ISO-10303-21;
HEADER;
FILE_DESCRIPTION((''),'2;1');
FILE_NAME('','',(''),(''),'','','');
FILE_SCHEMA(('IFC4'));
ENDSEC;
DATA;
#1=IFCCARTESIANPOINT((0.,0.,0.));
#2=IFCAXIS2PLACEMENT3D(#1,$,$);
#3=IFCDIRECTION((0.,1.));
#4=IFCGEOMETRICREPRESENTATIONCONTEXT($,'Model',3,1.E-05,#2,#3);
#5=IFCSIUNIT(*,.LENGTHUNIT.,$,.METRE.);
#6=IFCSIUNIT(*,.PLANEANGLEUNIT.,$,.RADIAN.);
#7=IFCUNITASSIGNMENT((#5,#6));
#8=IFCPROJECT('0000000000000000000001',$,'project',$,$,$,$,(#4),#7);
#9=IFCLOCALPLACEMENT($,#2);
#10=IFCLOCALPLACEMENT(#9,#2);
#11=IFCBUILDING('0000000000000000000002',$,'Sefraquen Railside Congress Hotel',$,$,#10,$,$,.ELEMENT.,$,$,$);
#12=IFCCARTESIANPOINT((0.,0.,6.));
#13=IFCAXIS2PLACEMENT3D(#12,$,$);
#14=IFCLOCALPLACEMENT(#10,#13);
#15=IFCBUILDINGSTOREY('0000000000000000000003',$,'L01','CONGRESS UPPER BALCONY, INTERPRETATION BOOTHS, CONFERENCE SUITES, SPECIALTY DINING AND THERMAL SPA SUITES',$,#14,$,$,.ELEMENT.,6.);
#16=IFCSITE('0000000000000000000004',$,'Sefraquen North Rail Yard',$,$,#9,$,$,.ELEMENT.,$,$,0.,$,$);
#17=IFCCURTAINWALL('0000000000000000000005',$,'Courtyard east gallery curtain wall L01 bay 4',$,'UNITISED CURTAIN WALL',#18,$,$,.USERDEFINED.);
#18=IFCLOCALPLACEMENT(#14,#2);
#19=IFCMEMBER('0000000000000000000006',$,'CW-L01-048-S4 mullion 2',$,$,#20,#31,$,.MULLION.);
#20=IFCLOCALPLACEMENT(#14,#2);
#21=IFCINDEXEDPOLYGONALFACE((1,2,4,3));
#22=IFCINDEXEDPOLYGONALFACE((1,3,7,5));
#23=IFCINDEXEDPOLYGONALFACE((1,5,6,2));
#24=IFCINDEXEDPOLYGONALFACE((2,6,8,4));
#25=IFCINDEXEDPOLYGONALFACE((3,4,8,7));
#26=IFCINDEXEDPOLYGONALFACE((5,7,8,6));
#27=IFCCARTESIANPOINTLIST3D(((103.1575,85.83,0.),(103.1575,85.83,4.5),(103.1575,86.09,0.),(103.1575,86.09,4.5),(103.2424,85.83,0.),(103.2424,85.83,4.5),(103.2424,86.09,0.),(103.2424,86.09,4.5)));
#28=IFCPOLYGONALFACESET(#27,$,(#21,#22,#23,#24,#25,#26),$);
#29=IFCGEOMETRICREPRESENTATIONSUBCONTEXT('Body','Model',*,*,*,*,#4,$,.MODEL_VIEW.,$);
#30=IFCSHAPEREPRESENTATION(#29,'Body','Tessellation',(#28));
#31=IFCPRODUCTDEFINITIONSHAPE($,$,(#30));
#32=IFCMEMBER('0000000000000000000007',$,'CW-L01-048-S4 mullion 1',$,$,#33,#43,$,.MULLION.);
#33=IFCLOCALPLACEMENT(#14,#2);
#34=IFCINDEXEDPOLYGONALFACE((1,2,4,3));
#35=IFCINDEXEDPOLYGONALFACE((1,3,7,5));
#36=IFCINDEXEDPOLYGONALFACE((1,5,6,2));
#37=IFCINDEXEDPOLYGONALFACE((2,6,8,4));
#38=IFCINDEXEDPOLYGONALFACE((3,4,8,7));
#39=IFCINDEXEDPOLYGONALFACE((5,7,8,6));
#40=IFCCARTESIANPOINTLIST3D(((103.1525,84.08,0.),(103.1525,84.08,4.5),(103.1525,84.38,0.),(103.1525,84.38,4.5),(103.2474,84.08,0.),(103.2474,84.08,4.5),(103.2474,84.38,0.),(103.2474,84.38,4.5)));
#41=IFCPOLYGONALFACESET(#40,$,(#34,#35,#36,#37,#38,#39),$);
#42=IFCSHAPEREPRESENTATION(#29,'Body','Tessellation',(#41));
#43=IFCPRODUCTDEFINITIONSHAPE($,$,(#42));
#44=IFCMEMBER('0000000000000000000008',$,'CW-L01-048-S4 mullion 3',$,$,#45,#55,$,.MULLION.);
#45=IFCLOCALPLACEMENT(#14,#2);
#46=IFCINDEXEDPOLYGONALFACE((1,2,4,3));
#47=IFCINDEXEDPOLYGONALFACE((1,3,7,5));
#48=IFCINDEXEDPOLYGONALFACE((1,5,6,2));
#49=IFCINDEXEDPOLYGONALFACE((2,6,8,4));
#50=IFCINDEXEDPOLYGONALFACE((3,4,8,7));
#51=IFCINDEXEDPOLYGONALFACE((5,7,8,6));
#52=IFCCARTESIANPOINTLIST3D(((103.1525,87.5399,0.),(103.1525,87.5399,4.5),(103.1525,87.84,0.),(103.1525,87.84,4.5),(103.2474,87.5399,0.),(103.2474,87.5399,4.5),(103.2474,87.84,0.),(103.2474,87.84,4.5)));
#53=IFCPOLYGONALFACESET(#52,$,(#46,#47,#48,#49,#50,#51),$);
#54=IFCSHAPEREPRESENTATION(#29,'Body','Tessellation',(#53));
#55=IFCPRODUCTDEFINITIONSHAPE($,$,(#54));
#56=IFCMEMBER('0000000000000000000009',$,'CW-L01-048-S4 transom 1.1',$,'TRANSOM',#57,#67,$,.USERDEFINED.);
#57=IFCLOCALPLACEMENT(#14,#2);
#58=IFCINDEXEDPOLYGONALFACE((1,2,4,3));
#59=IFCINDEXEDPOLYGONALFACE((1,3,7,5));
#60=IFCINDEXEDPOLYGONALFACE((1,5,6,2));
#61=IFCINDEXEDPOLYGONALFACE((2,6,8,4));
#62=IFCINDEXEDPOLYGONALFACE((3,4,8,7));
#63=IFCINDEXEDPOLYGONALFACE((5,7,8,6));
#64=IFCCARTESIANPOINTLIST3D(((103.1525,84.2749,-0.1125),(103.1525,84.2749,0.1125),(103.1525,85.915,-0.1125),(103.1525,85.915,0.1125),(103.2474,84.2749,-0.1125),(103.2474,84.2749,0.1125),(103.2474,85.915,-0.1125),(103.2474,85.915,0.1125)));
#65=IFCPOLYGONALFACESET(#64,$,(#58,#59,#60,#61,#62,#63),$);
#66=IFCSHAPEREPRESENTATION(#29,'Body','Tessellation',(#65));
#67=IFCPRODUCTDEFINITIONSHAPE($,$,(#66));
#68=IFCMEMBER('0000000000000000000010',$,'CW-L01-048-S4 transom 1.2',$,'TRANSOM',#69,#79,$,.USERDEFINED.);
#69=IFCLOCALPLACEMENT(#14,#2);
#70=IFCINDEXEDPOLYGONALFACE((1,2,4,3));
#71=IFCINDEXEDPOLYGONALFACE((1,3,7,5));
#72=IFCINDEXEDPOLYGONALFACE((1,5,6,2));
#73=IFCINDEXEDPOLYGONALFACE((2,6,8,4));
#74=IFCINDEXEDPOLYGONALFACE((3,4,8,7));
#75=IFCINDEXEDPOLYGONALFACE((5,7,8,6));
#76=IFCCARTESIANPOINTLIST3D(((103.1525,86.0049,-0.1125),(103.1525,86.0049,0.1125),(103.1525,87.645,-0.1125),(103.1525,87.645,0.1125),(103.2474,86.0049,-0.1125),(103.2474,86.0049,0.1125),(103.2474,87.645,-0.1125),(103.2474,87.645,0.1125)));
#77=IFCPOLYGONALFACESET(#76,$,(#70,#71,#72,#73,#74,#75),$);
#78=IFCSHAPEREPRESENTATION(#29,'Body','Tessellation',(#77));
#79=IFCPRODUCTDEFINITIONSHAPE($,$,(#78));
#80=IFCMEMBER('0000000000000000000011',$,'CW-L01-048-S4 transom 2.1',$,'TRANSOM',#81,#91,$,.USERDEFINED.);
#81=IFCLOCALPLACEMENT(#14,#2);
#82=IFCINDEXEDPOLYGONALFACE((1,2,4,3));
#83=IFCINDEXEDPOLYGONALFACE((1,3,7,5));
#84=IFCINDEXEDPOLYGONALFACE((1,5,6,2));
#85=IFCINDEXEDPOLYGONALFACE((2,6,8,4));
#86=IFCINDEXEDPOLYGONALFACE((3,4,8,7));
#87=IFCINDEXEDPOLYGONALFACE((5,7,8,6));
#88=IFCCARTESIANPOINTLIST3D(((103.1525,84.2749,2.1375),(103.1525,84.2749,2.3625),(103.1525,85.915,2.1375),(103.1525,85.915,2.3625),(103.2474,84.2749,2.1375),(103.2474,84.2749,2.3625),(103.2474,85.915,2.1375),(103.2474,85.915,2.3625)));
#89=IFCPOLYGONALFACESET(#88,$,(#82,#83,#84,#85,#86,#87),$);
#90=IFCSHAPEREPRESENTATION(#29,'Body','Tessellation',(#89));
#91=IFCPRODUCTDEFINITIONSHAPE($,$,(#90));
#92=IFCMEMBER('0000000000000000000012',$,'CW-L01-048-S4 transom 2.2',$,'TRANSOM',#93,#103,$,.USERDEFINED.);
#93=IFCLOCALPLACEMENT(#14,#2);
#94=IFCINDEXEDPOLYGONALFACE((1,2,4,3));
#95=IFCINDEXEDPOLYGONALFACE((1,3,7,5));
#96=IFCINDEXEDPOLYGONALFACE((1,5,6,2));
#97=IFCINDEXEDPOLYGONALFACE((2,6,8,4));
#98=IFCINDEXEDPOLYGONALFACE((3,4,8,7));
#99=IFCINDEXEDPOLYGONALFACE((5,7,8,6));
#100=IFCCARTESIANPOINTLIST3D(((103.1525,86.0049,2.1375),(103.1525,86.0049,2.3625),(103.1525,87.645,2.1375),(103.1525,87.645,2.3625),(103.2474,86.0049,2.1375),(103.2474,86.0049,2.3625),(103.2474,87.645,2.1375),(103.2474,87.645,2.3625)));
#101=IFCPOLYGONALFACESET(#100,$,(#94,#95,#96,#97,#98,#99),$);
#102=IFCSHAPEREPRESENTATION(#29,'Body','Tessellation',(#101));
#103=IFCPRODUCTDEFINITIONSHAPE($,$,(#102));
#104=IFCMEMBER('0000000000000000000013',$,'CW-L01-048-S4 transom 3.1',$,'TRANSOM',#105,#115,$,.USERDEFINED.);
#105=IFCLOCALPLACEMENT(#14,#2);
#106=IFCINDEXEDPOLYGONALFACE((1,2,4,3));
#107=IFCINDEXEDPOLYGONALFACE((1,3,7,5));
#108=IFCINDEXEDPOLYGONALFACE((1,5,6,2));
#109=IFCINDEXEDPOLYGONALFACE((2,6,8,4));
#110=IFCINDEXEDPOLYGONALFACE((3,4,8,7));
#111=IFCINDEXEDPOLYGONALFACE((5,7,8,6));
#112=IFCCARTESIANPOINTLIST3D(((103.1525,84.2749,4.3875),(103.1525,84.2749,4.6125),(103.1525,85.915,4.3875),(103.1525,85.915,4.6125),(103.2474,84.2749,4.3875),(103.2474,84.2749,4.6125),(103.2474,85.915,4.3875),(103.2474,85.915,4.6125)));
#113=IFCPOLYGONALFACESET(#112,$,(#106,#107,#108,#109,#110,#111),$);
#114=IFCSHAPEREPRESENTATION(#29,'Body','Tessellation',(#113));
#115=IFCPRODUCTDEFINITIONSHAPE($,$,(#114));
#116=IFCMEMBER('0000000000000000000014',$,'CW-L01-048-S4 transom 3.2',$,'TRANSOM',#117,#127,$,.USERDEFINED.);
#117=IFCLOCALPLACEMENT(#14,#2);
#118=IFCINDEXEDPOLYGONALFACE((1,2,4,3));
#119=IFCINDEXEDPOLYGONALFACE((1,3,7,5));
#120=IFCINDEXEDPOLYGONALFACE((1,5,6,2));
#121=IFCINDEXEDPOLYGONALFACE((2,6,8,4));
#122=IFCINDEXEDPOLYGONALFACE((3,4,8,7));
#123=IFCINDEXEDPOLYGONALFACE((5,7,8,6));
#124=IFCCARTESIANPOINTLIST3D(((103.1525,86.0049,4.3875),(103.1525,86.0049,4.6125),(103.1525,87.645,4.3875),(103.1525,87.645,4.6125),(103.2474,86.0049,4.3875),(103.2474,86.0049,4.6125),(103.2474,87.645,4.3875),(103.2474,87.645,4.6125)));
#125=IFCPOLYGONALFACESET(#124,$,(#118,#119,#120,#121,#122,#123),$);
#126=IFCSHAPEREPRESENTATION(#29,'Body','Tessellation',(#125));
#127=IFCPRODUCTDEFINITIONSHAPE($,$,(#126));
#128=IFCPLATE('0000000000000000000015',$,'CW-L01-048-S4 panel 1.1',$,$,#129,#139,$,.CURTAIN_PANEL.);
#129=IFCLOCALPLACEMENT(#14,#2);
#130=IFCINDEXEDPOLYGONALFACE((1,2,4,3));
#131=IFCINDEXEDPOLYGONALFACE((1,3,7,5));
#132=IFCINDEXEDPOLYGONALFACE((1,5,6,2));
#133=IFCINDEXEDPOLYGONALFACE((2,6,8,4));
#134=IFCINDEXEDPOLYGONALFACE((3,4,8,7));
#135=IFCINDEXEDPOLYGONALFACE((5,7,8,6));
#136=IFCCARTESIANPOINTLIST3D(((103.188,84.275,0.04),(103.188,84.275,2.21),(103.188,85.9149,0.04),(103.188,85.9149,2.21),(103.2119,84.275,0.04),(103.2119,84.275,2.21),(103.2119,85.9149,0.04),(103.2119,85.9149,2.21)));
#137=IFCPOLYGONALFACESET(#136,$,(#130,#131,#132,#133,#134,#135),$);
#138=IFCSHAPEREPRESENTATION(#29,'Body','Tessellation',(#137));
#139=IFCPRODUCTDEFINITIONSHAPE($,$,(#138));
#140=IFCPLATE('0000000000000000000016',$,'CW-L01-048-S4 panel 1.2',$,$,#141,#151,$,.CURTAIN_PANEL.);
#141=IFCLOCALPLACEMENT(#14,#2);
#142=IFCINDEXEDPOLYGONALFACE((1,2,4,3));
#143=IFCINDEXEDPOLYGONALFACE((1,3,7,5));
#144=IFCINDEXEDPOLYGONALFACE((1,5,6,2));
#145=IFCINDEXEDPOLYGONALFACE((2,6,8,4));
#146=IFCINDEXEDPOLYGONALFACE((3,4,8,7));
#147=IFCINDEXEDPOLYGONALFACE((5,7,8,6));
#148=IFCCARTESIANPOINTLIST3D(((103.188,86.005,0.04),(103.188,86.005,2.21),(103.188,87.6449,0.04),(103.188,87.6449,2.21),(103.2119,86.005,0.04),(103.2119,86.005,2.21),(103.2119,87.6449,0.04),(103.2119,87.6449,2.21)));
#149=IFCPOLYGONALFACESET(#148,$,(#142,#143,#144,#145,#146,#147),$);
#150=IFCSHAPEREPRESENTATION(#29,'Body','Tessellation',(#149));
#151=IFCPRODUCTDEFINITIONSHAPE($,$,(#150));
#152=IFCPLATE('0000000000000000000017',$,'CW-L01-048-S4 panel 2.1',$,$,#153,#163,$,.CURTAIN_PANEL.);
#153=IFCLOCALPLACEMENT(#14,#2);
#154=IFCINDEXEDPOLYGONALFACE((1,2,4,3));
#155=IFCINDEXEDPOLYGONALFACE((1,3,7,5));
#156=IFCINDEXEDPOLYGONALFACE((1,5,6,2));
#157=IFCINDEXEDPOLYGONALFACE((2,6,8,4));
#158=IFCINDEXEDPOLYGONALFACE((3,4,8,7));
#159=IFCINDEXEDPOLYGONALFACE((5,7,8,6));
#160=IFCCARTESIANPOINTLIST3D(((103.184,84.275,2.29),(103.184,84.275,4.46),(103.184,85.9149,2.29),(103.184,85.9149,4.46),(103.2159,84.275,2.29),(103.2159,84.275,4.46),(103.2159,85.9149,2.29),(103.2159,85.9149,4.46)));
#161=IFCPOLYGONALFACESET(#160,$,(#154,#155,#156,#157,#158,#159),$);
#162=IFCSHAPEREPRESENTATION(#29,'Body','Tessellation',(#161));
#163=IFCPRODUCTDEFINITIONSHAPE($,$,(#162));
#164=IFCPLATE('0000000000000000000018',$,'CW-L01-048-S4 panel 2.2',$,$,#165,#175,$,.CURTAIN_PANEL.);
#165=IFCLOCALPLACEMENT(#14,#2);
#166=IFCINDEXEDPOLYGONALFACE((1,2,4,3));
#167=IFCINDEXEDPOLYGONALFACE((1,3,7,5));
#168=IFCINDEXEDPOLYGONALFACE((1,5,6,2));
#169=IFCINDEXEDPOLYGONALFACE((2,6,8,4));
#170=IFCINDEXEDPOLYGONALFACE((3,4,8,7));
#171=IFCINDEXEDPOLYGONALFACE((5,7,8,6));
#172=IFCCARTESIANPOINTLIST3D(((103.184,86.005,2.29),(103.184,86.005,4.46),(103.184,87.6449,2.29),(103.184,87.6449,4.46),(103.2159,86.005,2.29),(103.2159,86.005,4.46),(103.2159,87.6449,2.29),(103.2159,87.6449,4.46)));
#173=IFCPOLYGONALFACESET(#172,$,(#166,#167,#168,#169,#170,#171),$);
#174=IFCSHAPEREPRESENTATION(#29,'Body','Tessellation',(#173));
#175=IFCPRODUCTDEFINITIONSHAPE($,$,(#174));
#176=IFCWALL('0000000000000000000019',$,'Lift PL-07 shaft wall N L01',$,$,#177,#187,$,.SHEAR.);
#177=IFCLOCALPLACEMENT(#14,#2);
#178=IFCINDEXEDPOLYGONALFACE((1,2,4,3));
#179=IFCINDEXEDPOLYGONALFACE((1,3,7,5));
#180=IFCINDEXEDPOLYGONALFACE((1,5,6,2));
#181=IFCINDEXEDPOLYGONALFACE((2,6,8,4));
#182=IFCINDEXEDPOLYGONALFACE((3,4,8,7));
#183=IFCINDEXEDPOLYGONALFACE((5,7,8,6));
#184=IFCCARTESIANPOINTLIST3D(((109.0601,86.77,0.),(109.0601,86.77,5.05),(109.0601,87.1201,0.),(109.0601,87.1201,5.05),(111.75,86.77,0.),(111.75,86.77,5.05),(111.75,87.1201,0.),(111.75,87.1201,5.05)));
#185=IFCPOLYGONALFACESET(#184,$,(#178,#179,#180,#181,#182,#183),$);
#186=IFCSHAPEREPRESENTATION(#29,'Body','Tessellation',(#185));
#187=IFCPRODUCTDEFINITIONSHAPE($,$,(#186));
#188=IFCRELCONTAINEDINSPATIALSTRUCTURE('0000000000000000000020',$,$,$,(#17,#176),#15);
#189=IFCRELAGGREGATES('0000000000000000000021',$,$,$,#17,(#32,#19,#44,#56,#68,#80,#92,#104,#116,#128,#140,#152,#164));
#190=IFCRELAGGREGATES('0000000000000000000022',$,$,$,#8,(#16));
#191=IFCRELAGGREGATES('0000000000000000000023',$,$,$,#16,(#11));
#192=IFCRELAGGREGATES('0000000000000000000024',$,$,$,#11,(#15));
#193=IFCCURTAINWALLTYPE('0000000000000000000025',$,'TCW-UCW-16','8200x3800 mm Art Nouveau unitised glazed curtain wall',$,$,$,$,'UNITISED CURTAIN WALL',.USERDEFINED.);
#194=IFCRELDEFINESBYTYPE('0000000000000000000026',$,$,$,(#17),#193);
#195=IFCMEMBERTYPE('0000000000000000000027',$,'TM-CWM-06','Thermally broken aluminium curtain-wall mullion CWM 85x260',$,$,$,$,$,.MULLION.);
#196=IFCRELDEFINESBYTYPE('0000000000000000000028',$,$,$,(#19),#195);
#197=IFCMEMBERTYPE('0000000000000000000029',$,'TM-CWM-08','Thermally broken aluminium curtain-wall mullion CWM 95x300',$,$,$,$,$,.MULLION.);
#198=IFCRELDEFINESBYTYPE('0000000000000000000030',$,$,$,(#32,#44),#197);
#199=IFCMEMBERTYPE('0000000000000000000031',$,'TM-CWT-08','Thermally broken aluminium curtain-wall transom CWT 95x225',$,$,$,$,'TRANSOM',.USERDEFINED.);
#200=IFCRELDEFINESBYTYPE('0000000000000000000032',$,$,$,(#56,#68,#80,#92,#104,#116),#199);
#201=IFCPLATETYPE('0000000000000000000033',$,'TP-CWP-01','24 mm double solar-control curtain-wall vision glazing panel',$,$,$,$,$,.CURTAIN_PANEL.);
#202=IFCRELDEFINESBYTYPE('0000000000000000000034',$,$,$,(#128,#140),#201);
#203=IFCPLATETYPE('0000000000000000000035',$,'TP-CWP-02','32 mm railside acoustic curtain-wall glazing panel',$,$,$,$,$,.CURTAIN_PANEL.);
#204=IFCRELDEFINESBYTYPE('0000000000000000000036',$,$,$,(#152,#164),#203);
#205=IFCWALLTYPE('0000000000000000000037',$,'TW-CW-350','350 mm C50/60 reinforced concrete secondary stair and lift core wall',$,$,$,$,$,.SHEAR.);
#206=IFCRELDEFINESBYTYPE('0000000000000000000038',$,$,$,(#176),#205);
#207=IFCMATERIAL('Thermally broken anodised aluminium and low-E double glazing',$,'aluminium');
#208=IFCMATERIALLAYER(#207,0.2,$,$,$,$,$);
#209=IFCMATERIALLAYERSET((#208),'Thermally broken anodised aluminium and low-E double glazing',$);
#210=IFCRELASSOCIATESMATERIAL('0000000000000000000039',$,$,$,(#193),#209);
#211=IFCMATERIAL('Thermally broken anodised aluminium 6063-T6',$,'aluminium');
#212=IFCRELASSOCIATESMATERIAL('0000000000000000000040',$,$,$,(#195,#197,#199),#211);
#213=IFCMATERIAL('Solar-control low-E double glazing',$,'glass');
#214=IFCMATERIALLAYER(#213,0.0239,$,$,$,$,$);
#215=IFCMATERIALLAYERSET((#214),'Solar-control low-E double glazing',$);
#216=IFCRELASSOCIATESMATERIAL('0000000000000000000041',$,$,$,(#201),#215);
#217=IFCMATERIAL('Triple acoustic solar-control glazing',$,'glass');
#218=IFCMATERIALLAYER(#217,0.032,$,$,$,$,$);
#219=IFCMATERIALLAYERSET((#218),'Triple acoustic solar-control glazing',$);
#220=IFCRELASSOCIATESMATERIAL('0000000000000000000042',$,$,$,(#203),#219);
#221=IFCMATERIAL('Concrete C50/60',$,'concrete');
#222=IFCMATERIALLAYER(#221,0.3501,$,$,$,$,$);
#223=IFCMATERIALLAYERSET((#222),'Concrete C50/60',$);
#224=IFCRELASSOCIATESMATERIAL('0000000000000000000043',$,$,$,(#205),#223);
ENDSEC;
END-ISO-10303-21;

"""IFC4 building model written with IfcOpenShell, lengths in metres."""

from ifc_helpers import new_model, si_unit, direction, frame, frame_2d, origin, origin_2d, place, context, subcontext, project, spatial, rectangle, extrude, material, layer, layer_set, material_profile, profile_set, type_object, element, aggregate, save


model = new_model("IFC4")

# Units and contexts
model_context = context("Model", 3, precision=1e-05, world=origin(), true_north=direction((0.0, 1.0)))
body_context = subcontext(model_context, "Body", "Model", "MODEL_VIEW")
ifc_project = project(units=[si_unit("LENGTHUNIT", "METRE"), si_unit("PLANEANGLEUNIT", "RADIAN")], contexts=[model_context])

# Site, building, storey
site_placement = place(None, origin())
site = spatial("IfcSite", under=ifc_project, at=site_placement, Name="Sefraquen North Rail Yard", CompositionType="ELEMENT", RefElevation=0.0)
building_placement = place(site_placement, origin())
building = spatial("IfcBuilding", under=site, at=building_placement, Name="Sefraquen Railside Congress Hotel", CompositionType="ELEMENT")
storey_placement = place(building_placement, frame((0.0, 0.0, 6.0)))
storey = spatial("IfcBuildingStorey", under=building, at=storey_placement, Name="L01", Description="CONGRESS UPPER BALCONY, INTERPRETATION BOOTHS, CONFERENCE SUITES, SPECIALTY DINING AND THERMAL SPA SUITES", CompositionType="ELEMENT", Elevation=6.0)

# Curtain wall, members, plates
ifc_material_1 = material(Name="Thermally broken anodised aluminium and low-E double glazing", Category="aluminium")
ifc_layer_1 = layer(ifc_material_1, 0.2)
ifc_layer_set_1 = layer_set([ifc_layer_1], Name="Thermally broken anodised aluminium and low-E double glazing")
curtain_wall_type = type_object("IfcCurtainWallType", Name="TCW-UCW-16", Description="8200x3800 mm Art Nouveau unitised glazed curtain wall", ElementType="UNITISED CURTAIN WALL", PredefinedType="USERDEFINED", material=ifc_layer_set_1)
curtain_wall_placement = place(storey_placement, origin())
curtain_wall = element("IfcCurtainWall", 1, at=curtain_wall_placement, inside=storey, type_object=curtain_wall_type, Name="Courtyard east gallery curtain wall L01 bay 4", ObjectType="UNITISED CURTAIN WALL", PredefinedType="USERDEFINED")
ifc_material_2 = material(Name="Thermally broken anodised aluminium 6063-T6", Category="aluminium")
ifc_material_profile_1 = material_profile(ifc_material_2, rectangle(XDim=0.085, YDim=0.26, at=origin_2d()), Name="CWM 85x260")
ifc_profile_set_1 = profile_set([ifc_material_profile_1], Name="Thermally broken anodised aluminium 6063-T6")
member_type_1 = type_object("IfcMemberType", Name="TM-CWM-06", Description="Thermally broken aluminium curtain-wall mullion CWM 85x260", PredefinedType="MULLION", material=ifc_profile_set_1)
member_1_placement = place(storey_placement, frame((103.2, 85.96, 0.0), z_axis=(0.0, 0.0, 1.0), x_axis=(1.0, 0.0, 0.0)))
member_1 = element("IfcMember", 2, at=member_1_placement, type_object=member_type_1, Name="CW-L01-048-S4 mullion 2", PredefinedType="MULLION", context=body_context, shape_type="SweptSolid", body=[
    extrude(rectangle(XDim=0.085, YDim=0.26, at=origin_2d()), origin(), (0.0, 0.0, 1.0), 4.5),
])
ifc_material_profile_2 = material_profile(ifc_material_2, rectangle(XDim=0.095, YDim=0.3, at=origin_2d()), Name="CWM 95x300")
ifc_profile_set_2 = profile_set([ifc_material_profile_2], Name="Thermally broken anodised aluminium 6063-T6")
member_type_2 = type_object("IfcMemberType", Name="TM-CWM-08", Description="Thermally broken aluminium curtain-wall mullion CWM 95x300", PredefinedType="MULLION", material=ifc_profile_set_2)
member_2_placement = place(storey_placement, frame((103.2, 84.23, 0.0), z_axis=(0.0, 0.0, 1.0), x_axis=(1.0, 0.0, 0.0)))
member_2 = element("IfcMember", 3, at=member_2_placement, type_object=member_type_2, Name="CW-L01-048-S4 mullion 1", PredefinedType="MULLION", context=body_context, shape_type="SweptSolid", body=[
    extrude(rectangle(XDim=0.095, YDim=0.3, at=origin_2d()), origin(), (0.0, 0.0, 1.0), 4.5),
])
member_3_placement = place(storey_placement, frame((103.2, 87.6899, 0.0), z_axis=(0.0, 0.0, 1.0), x_axis=(1.0, 0.0, 0.0)))
member_3 = element("IfcMember", 4, at=member_3_placement, type_object=member_type_2, Name="CW-L01-048-S4 mullion 3", PredefinedType="MULLION", context=body_context, shape_type="SweptSolid", body=[
    extrude(rectangle(XDim=0.095, YDim=0.3, at=origin_2d()), origin(), (0.0, 0.0, 1.0), 4.5),
])
ifc_material_profile_3 = material_profile(ifc_material_2, rectangle(XDim=0.095, YDim=0.2251, at=origin_2d()), Name="CWT 95x225")
ifc_profile_set_3 = profile_set([ifc_material_profile_3], Name="Thermally broken anodised aluminium 6063-T6")
member_type_3 = type_object("IfcMemberType", Name="TM-CWT-08", Description="Thermally broken aluminium curtain-wall transom CWT 95x225", ElementType="TRANSOM", PredefinedType="USERDEFINED", material=ifc_profile_set_3)
member_4_placement = place(storey_placement, frame((103.2, 84.2749, 0.0), z_axis=(0.0, 1.0, 0.0), x_axis=(-1.0, 0.0, 0.0)))
member_4 = element("IfcMember", 5, at=member_4_placement, type_object=member_type_3, Name="CW-L01-048-S4 transom 1.1", ObjectType="TRANSOM", PredefinedType="USERDEFINED", context=body_context, shape_type="SweptSolid", body=[
    extrude(rectangle(XDim=0.095, YDim=0.2251, at=origin_2d()), origin(), (0.0, 0.0, 1.0), 1.6401),
])
member_5_placement = place(storey_placement, frame((103.2, 86.0049, 0.0), z_axis=(0.0, 1.0, 0.0), x_axis=(-1.0, 0.0, 0.0)))
member_5 = element("IfcMember", 6, at=member_5_placement, type_object=member_type_3, Name="CW-L01-048-S4 transom 1.2", ObjectType="TRANSOM", PredefinedType="USERDEFINED", context=body_context, shape_type="SweptSolid", body=[
    extrude(rectangle(XDim=0.095, YDim=0.2251, at=origin_2d()), origin(), (0.0, 0.0, 1.0), 1.6401),
])
member_6_placement = place(storey_placement, frame((103.2, 84.2749, 2.25), z_axis=(0.0, 1.0, 0.0), x_axis=(-1.0, 0.0, 0.0)))
member_6 = element("IfcMember", 7, at=member_6_placement, type_object=member_type_3, Name="CW-L01-048-S4 transom 2.1", ObjectType="TRANSOM", PredefinedType="USERDEFINED", context=body_context, shape_type="SweptSolid", body=[
    extrude(rectangle(XDim=0.095, YDim=0.2251, at=origin_2d()), origin(), (0.0, 0.0, 1.0), 1.6401),
])
member_7_placement = place(storey_placement, frame((103.2, 86.0049, 2.25), z_axis=(0.0, 1.0, 0.0), x_axis=(-1.0, 0.0, 0.0)))
member_7 = element("IfcMember", 8, at=member_7_placement, type_object=member_type_3, Name="CW-L01-048-S4 transom 2.2", ObjectType="TRANSOM", PredefinedType="USERDEFINED", context=body_context, shape_type="SweptSolid", body=[
    extrude(rectangle(XDim=0.095, YDim=0.2251, at=origin_2d()), origin(), (0.0, 0.0, 1.0), 1.6401),
])
member_8_placement = place(storey_placement, frame((103.2, 84.2749, 4.5), z_axis=(0.0, 1.0, 0.0), x_axis=(-1.0, 0.0, 0.0)))
member_8 = element("IfcMember", 9, at=member_8_placement, type_object=member_type_3, Name="CW-L01-048-S4 transom 3.1", ObjectType="TRANSOM", PredefinedType="USERDEFINED", context=body_context, shape_type="SweptSolid", body=[
    extrude(rectangle(XDim=0.095, YDim=0.2251, at=origin_2d()), origin(), (0.0, 0.0, 1.0), 1.6401),
])
member_9_placement = place(storey_placement, frame((103.2, 86.0049, 4.5), z_axis=(0.0, 1.0, 0.0), x_axis=(-1.0, 0.0, 0.0)))
member_9 = element("IfcMember", 10, at=member_9_placement, type_object=member_type_3, Name="CW-L01-048-S4 transom 3.2", ObjectType="TRANSOM", PredefinedType="USERDEFINED", context=body_context, shape_type="SweptSolid", body=[
    extrude(rectangle(XDim=0.095, YDim=0.2251, at=origin_2d()), origin(), (0.0, 0.0, 1.0), 1.6401),
])
ifc_material_3 = material(Name="Solar-control low-E double glazing", Category="glass")
ifc_layer_2 = layer(ifc_material_3, 0.0239)
ifc_layer_set_2 = layer_set([ifc_layer_2], Name="Solar-control low-E double glazing")
plate_type_1 = type_object("IfcPlateType", Name="TP-CWP-01", Description="24 mm double solar-control curtain-wall vision glazing panel", PredefinedType="CURTAIN_PANEL", material=ifc_layer_set_2)
plate_1_placement = place(storey_placement, frame((103.2, 85.095, 0.04), z_axis=(0.0, 0.0, 1.0), x_axis=(0.0, 1.0, 0.0)))
plate_1 = element("IfcPlate", 11, at=plate_1_placement, type_object=plate_type_1, Name="CW-L01-048-S4 panel 1.1", PredefinedType="CURTAIN_PANEL", context=body_context, shape_type="SweptSolid", body=[
    extrude(rectangle(XDim=1.6399, YDim=0.0239, at=origin_2d()), origin(), (0.0, 0.0, 1.0), 2.1699),
])
plate_2_placement = place(storey_placement, frame((103.2, 86.825, 0.04), z_axis=(0.0, 0.0, 1.0), x_axis=(0.0, 1.0, 0.0)))
plate_2 = element("IfcPlate", 12, at=plate_2_placement, type_object=plate_type_1, Name="CW-L01-048-S4 panel 1.2", PredefinedType="CURTAIN_PANEL", context=body_context, shape_type="SweptSolid", body=[
    extrude(rectangle(XDim=1.6399, YDim=0.0239, at=origin_2d()), origin(), (0.0, 0.0, 1.0), 2.1699),
])
ifc_material_4 = material(Name="Triple acoustic solar-control glazing", Category="glass")
ifc_layer_3 = layer(ifc_material_4, 0.032)
ifc_layer_set_3 = layer_set([ifc_layer_3], Name="Triple acoustic solar-control glazing")
plate_type_2 = type_object("IfcPlateType", Name="TP-CWP-02", Description="32 mm railside acoustic curtain-wall glazing panel", PredefinedType="CURTAIN_PANEL", material=ifc_layer_set_3)
plate_3_placement = place(storey_placement, frame((103.2, 85.095, 2.29), z_axis=(0.0, 0.0, 1.0), x_axis=(0.0, 1.0, 0.0)))
plate_3 = element("IfcPlate", 13, at=plate_3_placement, type_object=plate_type_2, Name="CW-L01-048-S4 panel 2.1", PredefinedType="CURTAIN_PANEL", context=body_context, shape_type="SweptSolid", body=[
    extrude(rectangle(XDim=1.6399, YDim=0.032, at=origin_2d()), origin(), (0.0, 0.0, 1.0), 2.1699),
])
plate_4_placement = place(storey_placement, frame((103.2, 86.825, 2.29), z_axis=(0.0, 0.0, 1.0), x_axis=(0.0, 1.0, 0.0)))
plate_4 = element("IfcPlate", 14, at=plate_4_placement, type_object=plate_type_2, Name="CW-L01-048-S4 panel 2.2", PredefinedType="CURTAIN_PANEL", context=body_context, shape_type="SweptSolid", body=[
    extrude(rectangle(XDim=1.6399, YDim=0.032, at=origin_2d()), origin(), (0.0, 0.0, 1.0), 2.1699),
])
aggregate(curtain_wall, [member_2, member_1, member_3, member_4, member_5, member_6, member_7, member_8, member_9, plate_1, plate_2, plate_3, plate_4])

# Wall
ifc_material_5 = material(Name="Concrete C50/60", Category="concrete")
ifc_layer_4 = layer(ifc_material_5, 0.3501)
ifc_layer_set_4 = layer_set([ifc_layer_4], Name="Concrete C50/60")
wall_type_1 = type_object("IfcWallType", Name="TW-CW-350", Description="350 mm C50/60 reinforced concrete secondary stair and lift core wall", PredefinedType="SHEAR", material=ifc_layer_set_4)
wall_1_placement = place(storey_placement, frame((109.0601, 86.9451, 0.0), z_axis=(0.0, 0.0, 1.0), x_axis=(1.0, 0.0, 0.0)))
element("IfcWall", 15, at=wall_1_placement, inside=storey, type_object=wall_type_1, Name="Lift PL-07 shaft wall N L01", PredefinedType="SHEAR", context=body_context, shape_type="SweptSolid", body=[
    extrude(rectangle(XDim=2.6899, YDim=0.3501, at=frame_2d((1.345, 0.0))), origin(), (0.0, 0.0, 1.0), 5.05),
])

save(model, "model.ifc")
